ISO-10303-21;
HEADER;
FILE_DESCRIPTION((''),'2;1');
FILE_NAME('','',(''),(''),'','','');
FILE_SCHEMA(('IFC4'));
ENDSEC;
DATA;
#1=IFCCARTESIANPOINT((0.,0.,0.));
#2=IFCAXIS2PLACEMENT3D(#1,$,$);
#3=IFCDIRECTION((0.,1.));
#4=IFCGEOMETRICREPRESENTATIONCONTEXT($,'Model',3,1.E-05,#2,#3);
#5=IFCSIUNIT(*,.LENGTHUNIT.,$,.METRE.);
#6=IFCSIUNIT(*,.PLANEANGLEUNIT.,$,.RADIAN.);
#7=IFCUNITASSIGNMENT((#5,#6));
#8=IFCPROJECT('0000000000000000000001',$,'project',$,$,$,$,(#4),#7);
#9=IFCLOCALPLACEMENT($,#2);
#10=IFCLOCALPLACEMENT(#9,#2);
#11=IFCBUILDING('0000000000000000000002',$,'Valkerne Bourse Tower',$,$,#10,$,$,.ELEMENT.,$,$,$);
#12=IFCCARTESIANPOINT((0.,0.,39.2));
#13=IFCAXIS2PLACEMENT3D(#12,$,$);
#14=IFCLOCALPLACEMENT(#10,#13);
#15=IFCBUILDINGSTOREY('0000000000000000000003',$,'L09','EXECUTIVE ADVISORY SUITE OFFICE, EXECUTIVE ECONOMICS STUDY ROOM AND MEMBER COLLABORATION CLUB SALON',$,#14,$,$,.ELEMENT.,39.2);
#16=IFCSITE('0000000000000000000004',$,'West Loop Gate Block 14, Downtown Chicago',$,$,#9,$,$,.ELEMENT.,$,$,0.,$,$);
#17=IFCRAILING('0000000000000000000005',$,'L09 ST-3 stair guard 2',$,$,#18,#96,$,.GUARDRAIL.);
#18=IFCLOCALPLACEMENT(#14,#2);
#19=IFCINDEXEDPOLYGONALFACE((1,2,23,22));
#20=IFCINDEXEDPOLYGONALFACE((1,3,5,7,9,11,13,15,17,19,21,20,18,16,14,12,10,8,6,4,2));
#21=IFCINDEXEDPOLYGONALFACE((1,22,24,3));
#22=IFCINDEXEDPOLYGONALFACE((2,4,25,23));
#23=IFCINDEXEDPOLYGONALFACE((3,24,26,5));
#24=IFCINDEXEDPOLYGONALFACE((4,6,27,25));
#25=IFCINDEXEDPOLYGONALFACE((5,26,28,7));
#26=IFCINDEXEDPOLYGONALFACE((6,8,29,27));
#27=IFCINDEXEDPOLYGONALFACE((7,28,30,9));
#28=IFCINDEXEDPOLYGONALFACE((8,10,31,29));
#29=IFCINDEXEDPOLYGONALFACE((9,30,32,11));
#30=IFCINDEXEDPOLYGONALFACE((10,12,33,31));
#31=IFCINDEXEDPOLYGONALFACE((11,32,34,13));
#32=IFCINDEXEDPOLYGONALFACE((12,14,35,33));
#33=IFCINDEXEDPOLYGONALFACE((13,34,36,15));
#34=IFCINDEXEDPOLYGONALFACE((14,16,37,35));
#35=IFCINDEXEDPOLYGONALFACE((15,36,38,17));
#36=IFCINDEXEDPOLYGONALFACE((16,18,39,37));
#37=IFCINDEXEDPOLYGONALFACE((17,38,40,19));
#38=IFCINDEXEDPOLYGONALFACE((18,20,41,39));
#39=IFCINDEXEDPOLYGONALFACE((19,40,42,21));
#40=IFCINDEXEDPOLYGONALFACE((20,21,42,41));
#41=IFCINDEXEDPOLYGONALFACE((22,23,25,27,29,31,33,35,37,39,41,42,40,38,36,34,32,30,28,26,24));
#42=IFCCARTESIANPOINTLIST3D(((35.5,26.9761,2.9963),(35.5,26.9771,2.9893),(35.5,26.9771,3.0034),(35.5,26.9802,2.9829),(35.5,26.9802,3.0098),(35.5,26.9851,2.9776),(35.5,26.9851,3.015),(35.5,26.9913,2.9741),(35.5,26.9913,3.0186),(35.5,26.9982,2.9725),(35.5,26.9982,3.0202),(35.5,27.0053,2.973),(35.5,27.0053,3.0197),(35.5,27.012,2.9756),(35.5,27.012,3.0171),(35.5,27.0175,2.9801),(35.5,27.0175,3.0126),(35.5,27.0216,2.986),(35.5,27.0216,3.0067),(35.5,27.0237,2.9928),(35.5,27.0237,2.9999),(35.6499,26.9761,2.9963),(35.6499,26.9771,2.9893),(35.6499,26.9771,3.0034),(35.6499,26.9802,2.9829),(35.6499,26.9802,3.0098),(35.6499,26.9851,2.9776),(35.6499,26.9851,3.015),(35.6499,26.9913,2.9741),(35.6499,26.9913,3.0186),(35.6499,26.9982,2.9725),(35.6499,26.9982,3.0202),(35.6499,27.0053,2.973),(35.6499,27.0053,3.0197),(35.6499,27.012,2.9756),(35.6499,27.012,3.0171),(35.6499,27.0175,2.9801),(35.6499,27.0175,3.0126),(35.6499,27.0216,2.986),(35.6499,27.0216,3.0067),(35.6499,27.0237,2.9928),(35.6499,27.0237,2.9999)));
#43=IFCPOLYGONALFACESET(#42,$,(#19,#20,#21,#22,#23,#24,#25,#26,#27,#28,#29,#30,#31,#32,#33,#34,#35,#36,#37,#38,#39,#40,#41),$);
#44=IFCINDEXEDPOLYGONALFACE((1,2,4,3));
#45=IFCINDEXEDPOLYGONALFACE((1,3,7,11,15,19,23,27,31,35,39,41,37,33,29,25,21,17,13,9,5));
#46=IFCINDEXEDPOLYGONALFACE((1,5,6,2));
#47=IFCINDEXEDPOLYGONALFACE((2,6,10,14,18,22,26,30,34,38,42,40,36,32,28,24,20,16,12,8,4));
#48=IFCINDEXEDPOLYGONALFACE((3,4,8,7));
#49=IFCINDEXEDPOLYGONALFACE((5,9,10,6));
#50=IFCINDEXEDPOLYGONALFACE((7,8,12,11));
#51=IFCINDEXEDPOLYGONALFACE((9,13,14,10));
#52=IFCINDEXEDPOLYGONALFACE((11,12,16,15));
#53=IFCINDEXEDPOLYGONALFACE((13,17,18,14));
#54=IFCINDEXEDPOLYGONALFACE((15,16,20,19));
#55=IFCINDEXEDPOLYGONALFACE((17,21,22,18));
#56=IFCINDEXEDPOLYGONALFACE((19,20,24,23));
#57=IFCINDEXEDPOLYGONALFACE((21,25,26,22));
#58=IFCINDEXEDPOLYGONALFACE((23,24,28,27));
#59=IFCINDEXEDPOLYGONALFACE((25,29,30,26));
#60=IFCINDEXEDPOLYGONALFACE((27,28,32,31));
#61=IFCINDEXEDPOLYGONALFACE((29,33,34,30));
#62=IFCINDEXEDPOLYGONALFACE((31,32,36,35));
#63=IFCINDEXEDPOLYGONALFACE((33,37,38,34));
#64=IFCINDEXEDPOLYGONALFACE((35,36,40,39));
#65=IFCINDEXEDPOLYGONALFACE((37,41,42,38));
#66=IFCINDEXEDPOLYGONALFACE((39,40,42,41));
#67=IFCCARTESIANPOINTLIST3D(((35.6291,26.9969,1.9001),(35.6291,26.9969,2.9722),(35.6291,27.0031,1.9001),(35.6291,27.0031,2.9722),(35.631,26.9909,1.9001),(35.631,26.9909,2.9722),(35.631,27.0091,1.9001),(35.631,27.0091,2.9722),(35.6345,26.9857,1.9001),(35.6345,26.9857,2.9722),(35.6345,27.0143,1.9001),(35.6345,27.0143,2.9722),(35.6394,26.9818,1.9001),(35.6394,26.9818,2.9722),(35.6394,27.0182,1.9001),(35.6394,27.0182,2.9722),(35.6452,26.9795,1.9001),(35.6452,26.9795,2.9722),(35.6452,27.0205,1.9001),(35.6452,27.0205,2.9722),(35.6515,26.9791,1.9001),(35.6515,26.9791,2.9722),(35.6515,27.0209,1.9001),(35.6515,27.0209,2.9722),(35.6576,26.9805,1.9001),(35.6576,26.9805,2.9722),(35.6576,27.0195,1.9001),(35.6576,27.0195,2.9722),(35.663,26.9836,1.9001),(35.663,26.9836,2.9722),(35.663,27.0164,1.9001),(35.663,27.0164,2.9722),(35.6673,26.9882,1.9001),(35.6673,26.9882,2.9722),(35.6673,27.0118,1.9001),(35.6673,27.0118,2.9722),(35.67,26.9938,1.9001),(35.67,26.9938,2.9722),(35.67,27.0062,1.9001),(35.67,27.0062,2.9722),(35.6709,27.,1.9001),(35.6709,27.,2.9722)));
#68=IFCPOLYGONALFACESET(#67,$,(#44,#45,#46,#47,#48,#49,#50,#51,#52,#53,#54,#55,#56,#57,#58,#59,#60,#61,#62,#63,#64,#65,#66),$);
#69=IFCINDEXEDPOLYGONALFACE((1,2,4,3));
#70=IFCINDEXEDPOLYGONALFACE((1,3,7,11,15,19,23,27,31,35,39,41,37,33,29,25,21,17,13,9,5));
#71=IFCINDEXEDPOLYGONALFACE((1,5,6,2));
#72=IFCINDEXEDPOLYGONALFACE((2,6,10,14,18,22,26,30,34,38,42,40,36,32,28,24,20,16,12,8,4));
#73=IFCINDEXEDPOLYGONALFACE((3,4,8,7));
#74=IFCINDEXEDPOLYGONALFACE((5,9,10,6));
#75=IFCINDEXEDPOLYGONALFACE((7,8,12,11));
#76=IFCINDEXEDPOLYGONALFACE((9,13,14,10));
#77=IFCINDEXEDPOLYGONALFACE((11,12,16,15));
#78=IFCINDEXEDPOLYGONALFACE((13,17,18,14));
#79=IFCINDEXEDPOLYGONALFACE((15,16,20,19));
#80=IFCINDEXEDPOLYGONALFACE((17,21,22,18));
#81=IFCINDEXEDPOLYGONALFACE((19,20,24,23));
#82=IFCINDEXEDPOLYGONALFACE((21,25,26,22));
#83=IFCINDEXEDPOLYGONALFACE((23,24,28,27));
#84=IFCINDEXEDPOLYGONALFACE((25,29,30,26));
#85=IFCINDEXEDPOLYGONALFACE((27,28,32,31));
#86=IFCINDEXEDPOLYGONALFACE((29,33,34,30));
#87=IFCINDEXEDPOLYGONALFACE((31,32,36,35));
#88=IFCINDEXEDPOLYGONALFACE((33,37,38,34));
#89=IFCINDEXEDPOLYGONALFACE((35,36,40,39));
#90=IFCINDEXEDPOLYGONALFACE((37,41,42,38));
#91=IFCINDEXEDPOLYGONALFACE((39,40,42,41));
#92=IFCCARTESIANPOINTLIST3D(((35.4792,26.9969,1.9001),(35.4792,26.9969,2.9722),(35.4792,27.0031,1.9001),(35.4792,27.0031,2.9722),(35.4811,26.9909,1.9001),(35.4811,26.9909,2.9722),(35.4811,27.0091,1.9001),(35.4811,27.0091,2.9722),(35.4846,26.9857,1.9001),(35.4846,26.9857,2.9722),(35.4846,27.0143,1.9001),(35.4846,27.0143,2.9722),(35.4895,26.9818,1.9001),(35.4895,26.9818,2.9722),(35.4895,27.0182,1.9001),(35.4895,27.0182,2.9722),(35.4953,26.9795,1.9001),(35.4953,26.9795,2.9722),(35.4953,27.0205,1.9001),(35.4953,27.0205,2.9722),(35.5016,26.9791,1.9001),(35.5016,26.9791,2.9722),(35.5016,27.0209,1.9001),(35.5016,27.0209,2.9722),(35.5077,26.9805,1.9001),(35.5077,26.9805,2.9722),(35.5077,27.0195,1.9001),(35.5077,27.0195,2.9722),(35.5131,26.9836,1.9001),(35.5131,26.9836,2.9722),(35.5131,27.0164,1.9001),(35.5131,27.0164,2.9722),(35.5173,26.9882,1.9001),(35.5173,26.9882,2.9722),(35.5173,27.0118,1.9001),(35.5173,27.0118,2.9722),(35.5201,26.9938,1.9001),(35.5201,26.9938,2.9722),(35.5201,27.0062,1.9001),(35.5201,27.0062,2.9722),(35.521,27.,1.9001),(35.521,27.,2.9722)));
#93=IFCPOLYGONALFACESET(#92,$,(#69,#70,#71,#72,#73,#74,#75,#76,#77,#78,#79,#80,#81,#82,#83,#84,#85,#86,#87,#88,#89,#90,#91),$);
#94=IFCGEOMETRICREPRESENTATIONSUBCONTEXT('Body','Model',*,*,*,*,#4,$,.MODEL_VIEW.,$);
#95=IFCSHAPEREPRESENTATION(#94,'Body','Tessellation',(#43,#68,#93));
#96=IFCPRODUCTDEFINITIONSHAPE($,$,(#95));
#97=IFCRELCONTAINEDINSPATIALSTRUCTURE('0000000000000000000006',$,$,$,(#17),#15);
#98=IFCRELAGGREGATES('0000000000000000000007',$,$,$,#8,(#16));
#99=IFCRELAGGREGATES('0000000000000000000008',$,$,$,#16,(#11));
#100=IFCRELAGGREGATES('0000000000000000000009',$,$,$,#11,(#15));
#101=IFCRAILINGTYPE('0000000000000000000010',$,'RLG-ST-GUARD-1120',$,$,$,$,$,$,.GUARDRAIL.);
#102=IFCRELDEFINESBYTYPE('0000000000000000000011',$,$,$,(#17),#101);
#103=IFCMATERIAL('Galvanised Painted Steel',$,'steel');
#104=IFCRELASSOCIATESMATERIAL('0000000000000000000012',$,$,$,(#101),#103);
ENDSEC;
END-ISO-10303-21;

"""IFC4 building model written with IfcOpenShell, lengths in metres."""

from ifc_helpers import new_model, si_unit, direction, frame, origin, origin_2d, place, context, subcontext, project, spatial, circle, extrude, material, type_object, element, save


model = new_model("IFC4")

# Units and contexts
model_context = context("Model", 3, precision=1e-05, world=origin(), true_north=direction((0.0, 1.0)))
body_context = subcontext(model_context, "Body", "Model", "MODEL_VIEW")
ifc_project = project(units=[si_unit("LENGTHUNIT", "METRE"), si_unit("PLANEANGLEUNIT", "RADIAN")], contexts=[model_context])

# Site, building, storey
site_placement = place(None, origin())
site = spatial("IfcSite", under=ifc_project, at=site_placement, Name="West Loop Gate Block 14, Downtown Chicago", CompositionType="ELEMENT", RefElevation=0.0)
building_placement = place(site_placement, origin())
building = spatial("IfcBuilding", under=site, at=building_placement, Name="Valkerne Bourse Tower", CompositionType="ELEMENT")
storey_placement = place(building_placement, frame((0.0, 0.0, 39.2)))
storey = spatial("IfcBuildingStorey", under=building, at=storey_placement, Name="L09", Description="EXECUTIVE ADVISORY SUITE OFFICE, EXECUTIVE ECONOMICS STUDY ROOM AND MEMBER COLLABORATION CLUB SALON", CompositionType="ELEMENT", Elevation=39.2)

# Shared definitions
ifc_material_1 = material(Name="Galvanised Painted Steel", Category="steel")

# Railing
railing_type_1 = type_object("IfcRailingType", Name="RLG-ST-GUARD-1120", PredefinedType="GUARDRAIL", material=ifc_material_1)
railing_1_placement = place(storey_placement, frame((35.6499, 27.0, 1.9001)))
element("IfcRailing", 1, at=railing_1_placement, inside=storey, type_object=railing_type_1, Name="L09 ST-3 stair guard 2", PredefinedType="GUARDRAIL", context=body_context, shape_type="SweptSolid", body=[
    extrude(circle(Radius=0.0239, at=origin_2d()), frame((0.0, 0.0, 1.0962), z_axis=(-1.0, 0.0, 0.0), x_axis=(0.0, -1.0, 0.0)), (0.0, 0.0, 1.0), 0.1499),
    extrude(circle(Radius=0.021, at=origin_2d()), origin(), (0.0, 0.0, 1.0), 1.072),
    extrude(circle(Radius=0.021, at=origin_2d()), frame((-0.1499, 0.0, 0.0)), (0.0, 0.0, 1.0), 1.072),
])

save(model, "model.ifc")
